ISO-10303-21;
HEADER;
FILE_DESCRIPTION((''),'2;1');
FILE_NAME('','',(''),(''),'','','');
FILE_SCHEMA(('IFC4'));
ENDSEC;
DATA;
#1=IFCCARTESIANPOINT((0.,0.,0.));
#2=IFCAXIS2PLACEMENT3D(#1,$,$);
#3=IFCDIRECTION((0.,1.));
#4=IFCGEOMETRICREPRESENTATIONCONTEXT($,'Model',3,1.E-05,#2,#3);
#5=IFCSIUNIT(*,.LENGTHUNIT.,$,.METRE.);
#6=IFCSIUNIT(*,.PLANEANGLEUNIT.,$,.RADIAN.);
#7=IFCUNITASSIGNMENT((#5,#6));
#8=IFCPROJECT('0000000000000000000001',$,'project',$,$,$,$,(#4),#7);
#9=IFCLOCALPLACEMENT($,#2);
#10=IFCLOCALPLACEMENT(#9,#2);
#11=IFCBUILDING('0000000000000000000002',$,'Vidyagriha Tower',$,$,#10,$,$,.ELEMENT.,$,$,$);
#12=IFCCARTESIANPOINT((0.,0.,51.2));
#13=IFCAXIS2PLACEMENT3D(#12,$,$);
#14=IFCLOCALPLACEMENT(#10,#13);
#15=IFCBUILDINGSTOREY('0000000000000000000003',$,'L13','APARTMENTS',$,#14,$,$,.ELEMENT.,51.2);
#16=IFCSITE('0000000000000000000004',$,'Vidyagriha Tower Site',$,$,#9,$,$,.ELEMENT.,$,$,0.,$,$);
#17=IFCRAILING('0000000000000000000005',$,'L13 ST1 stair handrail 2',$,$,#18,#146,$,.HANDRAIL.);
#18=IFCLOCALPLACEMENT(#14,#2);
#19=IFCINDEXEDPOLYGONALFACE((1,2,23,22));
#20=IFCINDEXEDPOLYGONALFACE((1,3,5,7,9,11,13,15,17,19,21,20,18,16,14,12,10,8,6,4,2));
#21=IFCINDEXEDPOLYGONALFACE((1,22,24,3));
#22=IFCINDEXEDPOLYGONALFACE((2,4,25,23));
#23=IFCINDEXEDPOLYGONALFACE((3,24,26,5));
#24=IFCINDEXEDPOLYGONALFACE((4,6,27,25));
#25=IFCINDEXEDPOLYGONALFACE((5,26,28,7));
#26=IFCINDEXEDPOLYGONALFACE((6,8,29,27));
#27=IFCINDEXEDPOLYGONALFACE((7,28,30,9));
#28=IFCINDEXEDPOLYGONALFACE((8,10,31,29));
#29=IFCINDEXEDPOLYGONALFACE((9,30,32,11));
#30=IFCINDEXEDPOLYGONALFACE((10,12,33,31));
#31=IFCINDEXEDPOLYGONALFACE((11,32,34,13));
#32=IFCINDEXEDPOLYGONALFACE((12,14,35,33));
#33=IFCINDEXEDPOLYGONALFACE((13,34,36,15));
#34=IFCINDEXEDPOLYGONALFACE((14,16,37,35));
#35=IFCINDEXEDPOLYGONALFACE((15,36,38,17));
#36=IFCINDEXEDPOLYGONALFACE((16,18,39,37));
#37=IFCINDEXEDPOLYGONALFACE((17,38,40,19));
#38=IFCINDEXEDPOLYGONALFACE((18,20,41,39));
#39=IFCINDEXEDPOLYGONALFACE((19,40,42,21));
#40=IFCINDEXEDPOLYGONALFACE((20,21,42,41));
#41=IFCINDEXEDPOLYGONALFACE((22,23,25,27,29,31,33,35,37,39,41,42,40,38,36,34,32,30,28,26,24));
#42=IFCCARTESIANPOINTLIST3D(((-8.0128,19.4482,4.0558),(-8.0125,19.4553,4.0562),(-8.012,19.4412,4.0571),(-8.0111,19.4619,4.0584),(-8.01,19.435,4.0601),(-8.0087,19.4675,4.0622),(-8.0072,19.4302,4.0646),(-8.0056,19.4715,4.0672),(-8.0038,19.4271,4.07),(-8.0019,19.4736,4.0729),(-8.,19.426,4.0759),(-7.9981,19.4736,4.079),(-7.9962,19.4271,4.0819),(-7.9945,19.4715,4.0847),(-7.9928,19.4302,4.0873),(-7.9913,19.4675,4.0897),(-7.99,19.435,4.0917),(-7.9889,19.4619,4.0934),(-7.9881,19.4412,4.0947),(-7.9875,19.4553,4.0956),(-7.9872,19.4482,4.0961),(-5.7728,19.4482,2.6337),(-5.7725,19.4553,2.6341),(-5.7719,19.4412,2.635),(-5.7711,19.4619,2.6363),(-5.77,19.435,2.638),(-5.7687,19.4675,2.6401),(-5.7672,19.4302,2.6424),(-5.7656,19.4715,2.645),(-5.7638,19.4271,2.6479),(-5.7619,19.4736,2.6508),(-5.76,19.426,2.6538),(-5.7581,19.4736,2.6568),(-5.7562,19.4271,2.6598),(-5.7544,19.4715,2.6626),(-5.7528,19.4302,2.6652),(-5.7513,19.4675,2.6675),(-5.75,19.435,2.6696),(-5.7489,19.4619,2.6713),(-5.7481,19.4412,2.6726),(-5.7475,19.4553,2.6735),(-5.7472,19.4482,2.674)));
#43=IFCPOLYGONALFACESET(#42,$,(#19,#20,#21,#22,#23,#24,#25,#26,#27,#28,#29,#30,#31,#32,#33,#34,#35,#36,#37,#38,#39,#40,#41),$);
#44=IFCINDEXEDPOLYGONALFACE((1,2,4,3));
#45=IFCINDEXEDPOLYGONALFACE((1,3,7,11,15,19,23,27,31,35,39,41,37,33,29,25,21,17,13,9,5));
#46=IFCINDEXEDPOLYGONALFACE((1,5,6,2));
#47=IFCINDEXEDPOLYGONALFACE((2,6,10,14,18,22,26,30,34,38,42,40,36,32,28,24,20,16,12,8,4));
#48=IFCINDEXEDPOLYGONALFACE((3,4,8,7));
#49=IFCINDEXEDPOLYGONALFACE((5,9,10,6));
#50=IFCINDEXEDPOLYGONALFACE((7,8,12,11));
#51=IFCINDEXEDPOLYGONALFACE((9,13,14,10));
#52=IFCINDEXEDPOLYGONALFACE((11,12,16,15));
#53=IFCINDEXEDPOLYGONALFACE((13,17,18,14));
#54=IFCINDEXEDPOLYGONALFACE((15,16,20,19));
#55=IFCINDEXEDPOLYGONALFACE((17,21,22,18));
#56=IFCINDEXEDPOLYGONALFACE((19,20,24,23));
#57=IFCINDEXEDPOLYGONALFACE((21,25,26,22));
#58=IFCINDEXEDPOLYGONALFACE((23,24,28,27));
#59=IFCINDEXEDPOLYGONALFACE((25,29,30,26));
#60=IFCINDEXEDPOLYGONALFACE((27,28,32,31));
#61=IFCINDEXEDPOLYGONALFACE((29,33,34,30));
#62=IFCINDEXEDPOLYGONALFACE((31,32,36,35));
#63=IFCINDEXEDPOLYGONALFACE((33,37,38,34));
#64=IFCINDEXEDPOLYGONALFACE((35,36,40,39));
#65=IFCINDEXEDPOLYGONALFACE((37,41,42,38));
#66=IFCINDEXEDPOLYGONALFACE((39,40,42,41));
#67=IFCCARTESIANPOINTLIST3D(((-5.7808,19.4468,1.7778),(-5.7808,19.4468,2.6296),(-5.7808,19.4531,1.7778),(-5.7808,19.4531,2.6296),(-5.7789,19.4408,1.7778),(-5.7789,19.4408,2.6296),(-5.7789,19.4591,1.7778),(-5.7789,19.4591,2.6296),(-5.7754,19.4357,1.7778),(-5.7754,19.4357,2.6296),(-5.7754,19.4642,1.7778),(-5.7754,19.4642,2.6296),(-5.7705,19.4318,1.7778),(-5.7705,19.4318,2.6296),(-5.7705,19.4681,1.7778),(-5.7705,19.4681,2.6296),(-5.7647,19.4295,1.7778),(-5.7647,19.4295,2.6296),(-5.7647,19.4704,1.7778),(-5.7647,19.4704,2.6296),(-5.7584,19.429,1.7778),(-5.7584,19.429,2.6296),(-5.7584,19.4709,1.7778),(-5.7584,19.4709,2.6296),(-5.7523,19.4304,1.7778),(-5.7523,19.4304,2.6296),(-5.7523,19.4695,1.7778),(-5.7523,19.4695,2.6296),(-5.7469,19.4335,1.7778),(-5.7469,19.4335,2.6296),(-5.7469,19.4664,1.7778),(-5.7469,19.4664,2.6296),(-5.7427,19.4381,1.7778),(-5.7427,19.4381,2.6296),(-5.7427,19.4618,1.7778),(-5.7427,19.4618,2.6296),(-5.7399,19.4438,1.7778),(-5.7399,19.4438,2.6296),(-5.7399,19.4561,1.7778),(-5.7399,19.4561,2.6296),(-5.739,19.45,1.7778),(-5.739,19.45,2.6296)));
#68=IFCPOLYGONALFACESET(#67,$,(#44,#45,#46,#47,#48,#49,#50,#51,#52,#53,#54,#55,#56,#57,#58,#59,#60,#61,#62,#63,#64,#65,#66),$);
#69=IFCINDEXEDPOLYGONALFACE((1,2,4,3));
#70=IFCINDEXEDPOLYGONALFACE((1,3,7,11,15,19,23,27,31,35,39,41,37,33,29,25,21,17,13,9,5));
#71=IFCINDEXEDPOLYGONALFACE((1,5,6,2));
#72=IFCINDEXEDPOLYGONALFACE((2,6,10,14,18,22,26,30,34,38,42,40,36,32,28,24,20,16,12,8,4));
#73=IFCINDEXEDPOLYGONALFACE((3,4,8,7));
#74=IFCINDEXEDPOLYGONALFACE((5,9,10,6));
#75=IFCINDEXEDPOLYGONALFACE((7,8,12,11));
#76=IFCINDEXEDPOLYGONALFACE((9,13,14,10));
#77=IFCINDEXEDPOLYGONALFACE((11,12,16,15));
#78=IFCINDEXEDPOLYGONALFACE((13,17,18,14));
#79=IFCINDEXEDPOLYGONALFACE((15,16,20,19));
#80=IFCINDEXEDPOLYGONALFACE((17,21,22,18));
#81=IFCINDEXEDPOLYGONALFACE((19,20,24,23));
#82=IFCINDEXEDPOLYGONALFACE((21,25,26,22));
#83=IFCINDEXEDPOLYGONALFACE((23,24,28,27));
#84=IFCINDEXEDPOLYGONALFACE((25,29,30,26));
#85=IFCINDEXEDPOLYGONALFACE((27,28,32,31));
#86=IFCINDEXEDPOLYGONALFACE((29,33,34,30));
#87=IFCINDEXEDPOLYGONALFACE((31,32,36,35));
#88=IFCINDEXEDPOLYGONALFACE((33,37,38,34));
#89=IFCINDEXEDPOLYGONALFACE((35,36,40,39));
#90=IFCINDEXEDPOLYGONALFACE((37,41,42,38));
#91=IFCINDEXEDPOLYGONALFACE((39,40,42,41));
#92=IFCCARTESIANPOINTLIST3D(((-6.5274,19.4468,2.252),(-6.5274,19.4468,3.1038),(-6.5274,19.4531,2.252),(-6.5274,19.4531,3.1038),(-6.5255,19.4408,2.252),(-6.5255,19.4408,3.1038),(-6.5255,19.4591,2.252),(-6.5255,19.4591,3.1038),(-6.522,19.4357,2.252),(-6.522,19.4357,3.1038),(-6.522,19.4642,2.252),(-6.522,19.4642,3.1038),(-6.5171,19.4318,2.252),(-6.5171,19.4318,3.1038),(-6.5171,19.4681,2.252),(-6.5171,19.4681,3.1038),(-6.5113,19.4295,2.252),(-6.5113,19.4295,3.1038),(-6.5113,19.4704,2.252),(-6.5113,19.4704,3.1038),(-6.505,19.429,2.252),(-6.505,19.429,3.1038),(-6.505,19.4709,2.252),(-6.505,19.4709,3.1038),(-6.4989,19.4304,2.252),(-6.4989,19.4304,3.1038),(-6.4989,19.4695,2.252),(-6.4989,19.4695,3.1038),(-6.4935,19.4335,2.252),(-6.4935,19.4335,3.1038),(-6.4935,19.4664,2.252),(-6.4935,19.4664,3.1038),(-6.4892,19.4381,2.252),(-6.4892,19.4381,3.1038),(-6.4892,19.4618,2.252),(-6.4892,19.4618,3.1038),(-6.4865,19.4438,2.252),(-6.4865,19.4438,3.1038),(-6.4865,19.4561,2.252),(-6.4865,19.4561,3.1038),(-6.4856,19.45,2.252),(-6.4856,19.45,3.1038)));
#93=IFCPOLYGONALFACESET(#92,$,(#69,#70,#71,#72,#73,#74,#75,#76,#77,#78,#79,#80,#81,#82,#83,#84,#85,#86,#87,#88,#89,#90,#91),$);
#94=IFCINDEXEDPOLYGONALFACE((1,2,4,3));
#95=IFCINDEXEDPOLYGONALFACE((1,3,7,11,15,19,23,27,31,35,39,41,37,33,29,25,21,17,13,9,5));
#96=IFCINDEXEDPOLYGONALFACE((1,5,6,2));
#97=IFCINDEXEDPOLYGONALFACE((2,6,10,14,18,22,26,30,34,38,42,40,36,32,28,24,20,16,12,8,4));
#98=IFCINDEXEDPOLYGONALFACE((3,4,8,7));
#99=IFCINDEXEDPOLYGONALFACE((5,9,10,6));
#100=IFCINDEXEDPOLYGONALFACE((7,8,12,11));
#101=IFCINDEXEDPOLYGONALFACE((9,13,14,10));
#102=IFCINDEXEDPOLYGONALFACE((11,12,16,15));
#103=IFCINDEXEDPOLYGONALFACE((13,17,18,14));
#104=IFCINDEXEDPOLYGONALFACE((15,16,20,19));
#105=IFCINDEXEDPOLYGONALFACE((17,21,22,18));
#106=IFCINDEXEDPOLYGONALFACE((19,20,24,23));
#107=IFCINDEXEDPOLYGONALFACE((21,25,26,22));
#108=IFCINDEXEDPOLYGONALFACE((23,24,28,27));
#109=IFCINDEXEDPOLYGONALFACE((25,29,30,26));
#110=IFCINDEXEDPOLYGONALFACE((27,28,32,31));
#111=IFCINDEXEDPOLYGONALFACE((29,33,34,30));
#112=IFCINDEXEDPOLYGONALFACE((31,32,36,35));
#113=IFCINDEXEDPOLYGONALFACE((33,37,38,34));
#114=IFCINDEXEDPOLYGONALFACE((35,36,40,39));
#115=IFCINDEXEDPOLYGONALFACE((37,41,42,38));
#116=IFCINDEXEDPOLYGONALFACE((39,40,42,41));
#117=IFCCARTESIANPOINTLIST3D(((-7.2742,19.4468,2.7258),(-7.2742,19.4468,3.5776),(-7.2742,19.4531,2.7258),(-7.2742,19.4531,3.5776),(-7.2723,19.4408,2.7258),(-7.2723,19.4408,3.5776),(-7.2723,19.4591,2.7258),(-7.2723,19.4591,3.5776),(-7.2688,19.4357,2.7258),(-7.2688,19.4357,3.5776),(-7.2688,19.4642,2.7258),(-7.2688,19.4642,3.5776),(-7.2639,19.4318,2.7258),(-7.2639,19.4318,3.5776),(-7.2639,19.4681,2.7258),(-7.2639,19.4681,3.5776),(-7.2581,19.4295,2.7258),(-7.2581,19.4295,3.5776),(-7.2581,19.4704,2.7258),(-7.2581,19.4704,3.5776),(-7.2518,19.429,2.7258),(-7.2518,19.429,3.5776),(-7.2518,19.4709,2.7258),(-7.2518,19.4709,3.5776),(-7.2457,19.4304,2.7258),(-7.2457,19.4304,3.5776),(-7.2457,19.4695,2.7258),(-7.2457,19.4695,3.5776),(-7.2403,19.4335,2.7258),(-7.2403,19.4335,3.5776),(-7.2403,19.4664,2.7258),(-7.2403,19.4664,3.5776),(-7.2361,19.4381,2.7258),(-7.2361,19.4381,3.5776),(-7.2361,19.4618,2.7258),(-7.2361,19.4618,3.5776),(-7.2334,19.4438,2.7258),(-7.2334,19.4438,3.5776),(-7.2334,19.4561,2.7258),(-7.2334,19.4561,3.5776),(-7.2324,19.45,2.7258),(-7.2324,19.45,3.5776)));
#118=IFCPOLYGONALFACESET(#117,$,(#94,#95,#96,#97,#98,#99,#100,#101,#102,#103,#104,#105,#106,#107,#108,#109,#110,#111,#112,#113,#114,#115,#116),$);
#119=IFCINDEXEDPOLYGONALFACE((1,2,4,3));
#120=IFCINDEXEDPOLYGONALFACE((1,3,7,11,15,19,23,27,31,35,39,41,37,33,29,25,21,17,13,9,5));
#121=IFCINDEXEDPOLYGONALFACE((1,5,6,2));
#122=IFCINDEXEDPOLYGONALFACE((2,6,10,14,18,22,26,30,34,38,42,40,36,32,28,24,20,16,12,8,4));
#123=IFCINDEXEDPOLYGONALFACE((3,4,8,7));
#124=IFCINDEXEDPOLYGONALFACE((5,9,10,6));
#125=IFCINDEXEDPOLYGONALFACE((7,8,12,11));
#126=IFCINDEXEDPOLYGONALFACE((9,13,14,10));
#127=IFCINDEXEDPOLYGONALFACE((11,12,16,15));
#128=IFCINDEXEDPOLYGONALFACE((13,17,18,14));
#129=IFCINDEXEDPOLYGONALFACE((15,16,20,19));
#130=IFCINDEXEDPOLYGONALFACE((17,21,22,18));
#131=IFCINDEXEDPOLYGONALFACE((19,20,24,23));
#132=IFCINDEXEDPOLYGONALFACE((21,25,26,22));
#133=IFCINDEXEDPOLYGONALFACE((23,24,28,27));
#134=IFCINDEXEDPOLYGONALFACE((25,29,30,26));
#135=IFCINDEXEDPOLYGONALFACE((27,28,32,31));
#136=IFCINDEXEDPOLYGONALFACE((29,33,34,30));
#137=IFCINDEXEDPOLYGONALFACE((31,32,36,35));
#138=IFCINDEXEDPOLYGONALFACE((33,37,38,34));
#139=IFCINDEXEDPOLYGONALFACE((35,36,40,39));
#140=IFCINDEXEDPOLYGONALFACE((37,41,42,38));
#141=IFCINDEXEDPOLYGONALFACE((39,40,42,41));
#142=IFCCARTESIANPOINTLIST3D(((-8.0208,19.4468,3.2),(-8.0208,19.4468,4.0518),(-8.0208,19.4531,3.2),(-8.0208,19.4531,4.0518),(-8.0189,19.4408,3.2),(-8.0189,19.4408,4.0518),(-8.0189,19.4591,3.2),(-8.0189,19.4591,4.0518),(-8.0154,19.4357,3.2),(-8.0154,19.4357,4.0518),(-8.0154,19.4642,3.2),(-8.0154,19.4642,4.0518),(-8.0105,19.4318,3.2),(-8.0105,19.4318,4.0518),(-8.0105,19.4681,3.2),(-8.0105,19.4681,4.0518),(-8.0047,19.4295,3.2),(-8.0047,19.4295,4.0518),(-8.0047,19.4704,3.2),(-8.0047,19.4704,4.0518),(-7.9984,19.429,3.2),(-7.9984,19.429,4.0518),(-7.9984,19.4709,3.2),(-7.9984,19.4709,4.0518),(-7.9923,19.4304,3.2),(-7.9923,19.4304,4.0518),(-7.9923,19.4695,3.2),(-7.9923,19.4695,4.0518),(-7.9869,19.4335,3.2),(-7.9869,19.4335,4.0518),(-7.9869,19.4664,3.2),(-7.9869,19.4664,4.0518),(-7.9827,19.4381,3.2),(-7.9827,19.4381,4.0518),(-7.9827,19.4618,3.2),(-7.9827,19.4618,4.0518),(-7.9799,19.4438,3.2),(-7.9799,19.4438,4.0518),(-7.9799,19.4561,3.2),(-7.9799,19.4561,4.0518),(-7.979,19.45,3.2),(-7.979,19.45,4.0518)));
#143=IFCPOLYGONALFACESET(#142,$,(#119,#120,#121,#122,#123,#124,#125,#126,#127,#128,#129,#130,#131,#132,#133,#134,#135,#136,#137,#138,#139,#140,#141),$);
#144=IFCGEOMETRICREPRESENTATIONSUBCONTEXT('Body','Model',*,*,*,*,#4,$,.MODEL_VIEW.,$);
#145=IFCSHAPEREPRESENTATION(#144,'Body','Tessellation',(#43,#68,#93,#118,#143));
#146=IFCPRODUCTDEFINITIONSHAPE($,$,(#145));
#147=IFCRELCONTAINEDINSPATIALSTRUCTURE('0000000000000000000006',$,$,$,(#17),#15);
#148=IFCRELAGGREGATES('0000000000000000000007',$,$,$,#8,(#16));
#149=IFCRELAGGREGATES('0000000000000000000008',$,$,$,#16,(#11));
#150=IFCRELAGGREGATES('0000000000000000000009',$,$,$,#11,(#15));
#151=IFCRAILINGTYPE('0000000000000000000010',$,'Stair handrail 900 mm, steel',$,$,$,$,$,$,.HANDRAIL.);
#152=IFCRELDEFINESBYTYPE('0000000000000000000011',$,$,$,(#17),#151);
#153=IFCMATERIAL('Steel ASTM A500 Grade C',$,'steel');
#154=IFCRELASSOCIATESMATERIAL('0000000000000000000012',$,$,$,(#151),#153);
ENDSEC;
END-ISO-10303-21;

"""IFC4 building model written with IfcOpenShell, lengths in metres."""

from ifc_helpers import new_model, si_unit, direction, frame, origin, origin_2d, place, context, subcontext, project, spatial, circle, extrude, material, type_object, element, save


model = new_model("IFC4")

# Units and contexts
model_context = context("Model", 3, precision=1e-05, world=origin(), true_north=direction((0.0, 1.0)))
body_context = subcontext(model_context, "Body", "Model", "MODEL_VIEW")
ifc_project = project(units=[si_unit("LENGTHUNIT", "METRE"), si_unit("PLANEANGLEUNIT", "RADIAN")], contexts=[model_context])

# Site, building, storey
site_placement = place(None, origin())
site = spatial("IfcSite", under=ifc_project, at=site_placement, Name="Vidyagriha Tower Site", CompositionType="ELEMENT", RefElevation=0.0)
building_placement = place(site_placement, origin())
building = spatial("IfcBuilding", under=site, at=building_placement, Name="Vidyagriha Tower", CompositionType="ELEMENT")
storey_placement = place(building_placement, frame((0.0, 0.0, 51.2)))
storey = spatial("IfcBuildingStorey", under=building, at=storey_placement, Name="L13", Description="APARTMENTS", CompositionType="ELEMENT", Elevation=51.2)

# Railing
ifc_material_1 = material(Name="Steel ASTM A500 Grade C", Category="steel")
railing_type_1 = type_object("IfcRailingType", Name="Stair handrail 900 mm, steel", PredefinedType="HANDRAIL", material=ifc_material_1)
railing_1_placement = place(storey_placement, frame((-5.76, 19.45, 1.7778)))
element("IfcRailing", 1, at=railing_1_placement, inside=storey, type_object=railing_type_1, Name="L13 ST1 stair handrail 2", PredefinedType="HANDRAIL", context=body_context, shape_type="SweptSolid", body=[
    extrude(circle(Radius=0.0239, at=origin_2d()), frame((0.0, 0.0, 0.876), z_axis=(-0.844229, 0.0, 0.535982), x_axis=(0.0, -1.0, 0.0)), (0.0, 0.0, 1.0), 2.6533),
    extrude(circle(Radius=0.021, at=origin_2d()), origin(), (0.0, 0.0, 1.0), 0.8518),
    extrude(circle(Radius=0.021, at=origin_2d()), frame((-0.7466, 0.0, 0.4741)), (0.0, 0.0, 1.0), 0.8518),
    extrude(circle(Radius=0.021, at=origin_2d()), frame((-1.4934, 0.0, 0.948)), (0.0, 0.0, 1.0), 0.8518),
    extrude(circle(Radius=0.021, at=origin_2d()), frame((-2.24, 0.0, 1.4221)), (0.0, 0.0, 1.0), 0.8518),
])

save(model, "model.ifc")
